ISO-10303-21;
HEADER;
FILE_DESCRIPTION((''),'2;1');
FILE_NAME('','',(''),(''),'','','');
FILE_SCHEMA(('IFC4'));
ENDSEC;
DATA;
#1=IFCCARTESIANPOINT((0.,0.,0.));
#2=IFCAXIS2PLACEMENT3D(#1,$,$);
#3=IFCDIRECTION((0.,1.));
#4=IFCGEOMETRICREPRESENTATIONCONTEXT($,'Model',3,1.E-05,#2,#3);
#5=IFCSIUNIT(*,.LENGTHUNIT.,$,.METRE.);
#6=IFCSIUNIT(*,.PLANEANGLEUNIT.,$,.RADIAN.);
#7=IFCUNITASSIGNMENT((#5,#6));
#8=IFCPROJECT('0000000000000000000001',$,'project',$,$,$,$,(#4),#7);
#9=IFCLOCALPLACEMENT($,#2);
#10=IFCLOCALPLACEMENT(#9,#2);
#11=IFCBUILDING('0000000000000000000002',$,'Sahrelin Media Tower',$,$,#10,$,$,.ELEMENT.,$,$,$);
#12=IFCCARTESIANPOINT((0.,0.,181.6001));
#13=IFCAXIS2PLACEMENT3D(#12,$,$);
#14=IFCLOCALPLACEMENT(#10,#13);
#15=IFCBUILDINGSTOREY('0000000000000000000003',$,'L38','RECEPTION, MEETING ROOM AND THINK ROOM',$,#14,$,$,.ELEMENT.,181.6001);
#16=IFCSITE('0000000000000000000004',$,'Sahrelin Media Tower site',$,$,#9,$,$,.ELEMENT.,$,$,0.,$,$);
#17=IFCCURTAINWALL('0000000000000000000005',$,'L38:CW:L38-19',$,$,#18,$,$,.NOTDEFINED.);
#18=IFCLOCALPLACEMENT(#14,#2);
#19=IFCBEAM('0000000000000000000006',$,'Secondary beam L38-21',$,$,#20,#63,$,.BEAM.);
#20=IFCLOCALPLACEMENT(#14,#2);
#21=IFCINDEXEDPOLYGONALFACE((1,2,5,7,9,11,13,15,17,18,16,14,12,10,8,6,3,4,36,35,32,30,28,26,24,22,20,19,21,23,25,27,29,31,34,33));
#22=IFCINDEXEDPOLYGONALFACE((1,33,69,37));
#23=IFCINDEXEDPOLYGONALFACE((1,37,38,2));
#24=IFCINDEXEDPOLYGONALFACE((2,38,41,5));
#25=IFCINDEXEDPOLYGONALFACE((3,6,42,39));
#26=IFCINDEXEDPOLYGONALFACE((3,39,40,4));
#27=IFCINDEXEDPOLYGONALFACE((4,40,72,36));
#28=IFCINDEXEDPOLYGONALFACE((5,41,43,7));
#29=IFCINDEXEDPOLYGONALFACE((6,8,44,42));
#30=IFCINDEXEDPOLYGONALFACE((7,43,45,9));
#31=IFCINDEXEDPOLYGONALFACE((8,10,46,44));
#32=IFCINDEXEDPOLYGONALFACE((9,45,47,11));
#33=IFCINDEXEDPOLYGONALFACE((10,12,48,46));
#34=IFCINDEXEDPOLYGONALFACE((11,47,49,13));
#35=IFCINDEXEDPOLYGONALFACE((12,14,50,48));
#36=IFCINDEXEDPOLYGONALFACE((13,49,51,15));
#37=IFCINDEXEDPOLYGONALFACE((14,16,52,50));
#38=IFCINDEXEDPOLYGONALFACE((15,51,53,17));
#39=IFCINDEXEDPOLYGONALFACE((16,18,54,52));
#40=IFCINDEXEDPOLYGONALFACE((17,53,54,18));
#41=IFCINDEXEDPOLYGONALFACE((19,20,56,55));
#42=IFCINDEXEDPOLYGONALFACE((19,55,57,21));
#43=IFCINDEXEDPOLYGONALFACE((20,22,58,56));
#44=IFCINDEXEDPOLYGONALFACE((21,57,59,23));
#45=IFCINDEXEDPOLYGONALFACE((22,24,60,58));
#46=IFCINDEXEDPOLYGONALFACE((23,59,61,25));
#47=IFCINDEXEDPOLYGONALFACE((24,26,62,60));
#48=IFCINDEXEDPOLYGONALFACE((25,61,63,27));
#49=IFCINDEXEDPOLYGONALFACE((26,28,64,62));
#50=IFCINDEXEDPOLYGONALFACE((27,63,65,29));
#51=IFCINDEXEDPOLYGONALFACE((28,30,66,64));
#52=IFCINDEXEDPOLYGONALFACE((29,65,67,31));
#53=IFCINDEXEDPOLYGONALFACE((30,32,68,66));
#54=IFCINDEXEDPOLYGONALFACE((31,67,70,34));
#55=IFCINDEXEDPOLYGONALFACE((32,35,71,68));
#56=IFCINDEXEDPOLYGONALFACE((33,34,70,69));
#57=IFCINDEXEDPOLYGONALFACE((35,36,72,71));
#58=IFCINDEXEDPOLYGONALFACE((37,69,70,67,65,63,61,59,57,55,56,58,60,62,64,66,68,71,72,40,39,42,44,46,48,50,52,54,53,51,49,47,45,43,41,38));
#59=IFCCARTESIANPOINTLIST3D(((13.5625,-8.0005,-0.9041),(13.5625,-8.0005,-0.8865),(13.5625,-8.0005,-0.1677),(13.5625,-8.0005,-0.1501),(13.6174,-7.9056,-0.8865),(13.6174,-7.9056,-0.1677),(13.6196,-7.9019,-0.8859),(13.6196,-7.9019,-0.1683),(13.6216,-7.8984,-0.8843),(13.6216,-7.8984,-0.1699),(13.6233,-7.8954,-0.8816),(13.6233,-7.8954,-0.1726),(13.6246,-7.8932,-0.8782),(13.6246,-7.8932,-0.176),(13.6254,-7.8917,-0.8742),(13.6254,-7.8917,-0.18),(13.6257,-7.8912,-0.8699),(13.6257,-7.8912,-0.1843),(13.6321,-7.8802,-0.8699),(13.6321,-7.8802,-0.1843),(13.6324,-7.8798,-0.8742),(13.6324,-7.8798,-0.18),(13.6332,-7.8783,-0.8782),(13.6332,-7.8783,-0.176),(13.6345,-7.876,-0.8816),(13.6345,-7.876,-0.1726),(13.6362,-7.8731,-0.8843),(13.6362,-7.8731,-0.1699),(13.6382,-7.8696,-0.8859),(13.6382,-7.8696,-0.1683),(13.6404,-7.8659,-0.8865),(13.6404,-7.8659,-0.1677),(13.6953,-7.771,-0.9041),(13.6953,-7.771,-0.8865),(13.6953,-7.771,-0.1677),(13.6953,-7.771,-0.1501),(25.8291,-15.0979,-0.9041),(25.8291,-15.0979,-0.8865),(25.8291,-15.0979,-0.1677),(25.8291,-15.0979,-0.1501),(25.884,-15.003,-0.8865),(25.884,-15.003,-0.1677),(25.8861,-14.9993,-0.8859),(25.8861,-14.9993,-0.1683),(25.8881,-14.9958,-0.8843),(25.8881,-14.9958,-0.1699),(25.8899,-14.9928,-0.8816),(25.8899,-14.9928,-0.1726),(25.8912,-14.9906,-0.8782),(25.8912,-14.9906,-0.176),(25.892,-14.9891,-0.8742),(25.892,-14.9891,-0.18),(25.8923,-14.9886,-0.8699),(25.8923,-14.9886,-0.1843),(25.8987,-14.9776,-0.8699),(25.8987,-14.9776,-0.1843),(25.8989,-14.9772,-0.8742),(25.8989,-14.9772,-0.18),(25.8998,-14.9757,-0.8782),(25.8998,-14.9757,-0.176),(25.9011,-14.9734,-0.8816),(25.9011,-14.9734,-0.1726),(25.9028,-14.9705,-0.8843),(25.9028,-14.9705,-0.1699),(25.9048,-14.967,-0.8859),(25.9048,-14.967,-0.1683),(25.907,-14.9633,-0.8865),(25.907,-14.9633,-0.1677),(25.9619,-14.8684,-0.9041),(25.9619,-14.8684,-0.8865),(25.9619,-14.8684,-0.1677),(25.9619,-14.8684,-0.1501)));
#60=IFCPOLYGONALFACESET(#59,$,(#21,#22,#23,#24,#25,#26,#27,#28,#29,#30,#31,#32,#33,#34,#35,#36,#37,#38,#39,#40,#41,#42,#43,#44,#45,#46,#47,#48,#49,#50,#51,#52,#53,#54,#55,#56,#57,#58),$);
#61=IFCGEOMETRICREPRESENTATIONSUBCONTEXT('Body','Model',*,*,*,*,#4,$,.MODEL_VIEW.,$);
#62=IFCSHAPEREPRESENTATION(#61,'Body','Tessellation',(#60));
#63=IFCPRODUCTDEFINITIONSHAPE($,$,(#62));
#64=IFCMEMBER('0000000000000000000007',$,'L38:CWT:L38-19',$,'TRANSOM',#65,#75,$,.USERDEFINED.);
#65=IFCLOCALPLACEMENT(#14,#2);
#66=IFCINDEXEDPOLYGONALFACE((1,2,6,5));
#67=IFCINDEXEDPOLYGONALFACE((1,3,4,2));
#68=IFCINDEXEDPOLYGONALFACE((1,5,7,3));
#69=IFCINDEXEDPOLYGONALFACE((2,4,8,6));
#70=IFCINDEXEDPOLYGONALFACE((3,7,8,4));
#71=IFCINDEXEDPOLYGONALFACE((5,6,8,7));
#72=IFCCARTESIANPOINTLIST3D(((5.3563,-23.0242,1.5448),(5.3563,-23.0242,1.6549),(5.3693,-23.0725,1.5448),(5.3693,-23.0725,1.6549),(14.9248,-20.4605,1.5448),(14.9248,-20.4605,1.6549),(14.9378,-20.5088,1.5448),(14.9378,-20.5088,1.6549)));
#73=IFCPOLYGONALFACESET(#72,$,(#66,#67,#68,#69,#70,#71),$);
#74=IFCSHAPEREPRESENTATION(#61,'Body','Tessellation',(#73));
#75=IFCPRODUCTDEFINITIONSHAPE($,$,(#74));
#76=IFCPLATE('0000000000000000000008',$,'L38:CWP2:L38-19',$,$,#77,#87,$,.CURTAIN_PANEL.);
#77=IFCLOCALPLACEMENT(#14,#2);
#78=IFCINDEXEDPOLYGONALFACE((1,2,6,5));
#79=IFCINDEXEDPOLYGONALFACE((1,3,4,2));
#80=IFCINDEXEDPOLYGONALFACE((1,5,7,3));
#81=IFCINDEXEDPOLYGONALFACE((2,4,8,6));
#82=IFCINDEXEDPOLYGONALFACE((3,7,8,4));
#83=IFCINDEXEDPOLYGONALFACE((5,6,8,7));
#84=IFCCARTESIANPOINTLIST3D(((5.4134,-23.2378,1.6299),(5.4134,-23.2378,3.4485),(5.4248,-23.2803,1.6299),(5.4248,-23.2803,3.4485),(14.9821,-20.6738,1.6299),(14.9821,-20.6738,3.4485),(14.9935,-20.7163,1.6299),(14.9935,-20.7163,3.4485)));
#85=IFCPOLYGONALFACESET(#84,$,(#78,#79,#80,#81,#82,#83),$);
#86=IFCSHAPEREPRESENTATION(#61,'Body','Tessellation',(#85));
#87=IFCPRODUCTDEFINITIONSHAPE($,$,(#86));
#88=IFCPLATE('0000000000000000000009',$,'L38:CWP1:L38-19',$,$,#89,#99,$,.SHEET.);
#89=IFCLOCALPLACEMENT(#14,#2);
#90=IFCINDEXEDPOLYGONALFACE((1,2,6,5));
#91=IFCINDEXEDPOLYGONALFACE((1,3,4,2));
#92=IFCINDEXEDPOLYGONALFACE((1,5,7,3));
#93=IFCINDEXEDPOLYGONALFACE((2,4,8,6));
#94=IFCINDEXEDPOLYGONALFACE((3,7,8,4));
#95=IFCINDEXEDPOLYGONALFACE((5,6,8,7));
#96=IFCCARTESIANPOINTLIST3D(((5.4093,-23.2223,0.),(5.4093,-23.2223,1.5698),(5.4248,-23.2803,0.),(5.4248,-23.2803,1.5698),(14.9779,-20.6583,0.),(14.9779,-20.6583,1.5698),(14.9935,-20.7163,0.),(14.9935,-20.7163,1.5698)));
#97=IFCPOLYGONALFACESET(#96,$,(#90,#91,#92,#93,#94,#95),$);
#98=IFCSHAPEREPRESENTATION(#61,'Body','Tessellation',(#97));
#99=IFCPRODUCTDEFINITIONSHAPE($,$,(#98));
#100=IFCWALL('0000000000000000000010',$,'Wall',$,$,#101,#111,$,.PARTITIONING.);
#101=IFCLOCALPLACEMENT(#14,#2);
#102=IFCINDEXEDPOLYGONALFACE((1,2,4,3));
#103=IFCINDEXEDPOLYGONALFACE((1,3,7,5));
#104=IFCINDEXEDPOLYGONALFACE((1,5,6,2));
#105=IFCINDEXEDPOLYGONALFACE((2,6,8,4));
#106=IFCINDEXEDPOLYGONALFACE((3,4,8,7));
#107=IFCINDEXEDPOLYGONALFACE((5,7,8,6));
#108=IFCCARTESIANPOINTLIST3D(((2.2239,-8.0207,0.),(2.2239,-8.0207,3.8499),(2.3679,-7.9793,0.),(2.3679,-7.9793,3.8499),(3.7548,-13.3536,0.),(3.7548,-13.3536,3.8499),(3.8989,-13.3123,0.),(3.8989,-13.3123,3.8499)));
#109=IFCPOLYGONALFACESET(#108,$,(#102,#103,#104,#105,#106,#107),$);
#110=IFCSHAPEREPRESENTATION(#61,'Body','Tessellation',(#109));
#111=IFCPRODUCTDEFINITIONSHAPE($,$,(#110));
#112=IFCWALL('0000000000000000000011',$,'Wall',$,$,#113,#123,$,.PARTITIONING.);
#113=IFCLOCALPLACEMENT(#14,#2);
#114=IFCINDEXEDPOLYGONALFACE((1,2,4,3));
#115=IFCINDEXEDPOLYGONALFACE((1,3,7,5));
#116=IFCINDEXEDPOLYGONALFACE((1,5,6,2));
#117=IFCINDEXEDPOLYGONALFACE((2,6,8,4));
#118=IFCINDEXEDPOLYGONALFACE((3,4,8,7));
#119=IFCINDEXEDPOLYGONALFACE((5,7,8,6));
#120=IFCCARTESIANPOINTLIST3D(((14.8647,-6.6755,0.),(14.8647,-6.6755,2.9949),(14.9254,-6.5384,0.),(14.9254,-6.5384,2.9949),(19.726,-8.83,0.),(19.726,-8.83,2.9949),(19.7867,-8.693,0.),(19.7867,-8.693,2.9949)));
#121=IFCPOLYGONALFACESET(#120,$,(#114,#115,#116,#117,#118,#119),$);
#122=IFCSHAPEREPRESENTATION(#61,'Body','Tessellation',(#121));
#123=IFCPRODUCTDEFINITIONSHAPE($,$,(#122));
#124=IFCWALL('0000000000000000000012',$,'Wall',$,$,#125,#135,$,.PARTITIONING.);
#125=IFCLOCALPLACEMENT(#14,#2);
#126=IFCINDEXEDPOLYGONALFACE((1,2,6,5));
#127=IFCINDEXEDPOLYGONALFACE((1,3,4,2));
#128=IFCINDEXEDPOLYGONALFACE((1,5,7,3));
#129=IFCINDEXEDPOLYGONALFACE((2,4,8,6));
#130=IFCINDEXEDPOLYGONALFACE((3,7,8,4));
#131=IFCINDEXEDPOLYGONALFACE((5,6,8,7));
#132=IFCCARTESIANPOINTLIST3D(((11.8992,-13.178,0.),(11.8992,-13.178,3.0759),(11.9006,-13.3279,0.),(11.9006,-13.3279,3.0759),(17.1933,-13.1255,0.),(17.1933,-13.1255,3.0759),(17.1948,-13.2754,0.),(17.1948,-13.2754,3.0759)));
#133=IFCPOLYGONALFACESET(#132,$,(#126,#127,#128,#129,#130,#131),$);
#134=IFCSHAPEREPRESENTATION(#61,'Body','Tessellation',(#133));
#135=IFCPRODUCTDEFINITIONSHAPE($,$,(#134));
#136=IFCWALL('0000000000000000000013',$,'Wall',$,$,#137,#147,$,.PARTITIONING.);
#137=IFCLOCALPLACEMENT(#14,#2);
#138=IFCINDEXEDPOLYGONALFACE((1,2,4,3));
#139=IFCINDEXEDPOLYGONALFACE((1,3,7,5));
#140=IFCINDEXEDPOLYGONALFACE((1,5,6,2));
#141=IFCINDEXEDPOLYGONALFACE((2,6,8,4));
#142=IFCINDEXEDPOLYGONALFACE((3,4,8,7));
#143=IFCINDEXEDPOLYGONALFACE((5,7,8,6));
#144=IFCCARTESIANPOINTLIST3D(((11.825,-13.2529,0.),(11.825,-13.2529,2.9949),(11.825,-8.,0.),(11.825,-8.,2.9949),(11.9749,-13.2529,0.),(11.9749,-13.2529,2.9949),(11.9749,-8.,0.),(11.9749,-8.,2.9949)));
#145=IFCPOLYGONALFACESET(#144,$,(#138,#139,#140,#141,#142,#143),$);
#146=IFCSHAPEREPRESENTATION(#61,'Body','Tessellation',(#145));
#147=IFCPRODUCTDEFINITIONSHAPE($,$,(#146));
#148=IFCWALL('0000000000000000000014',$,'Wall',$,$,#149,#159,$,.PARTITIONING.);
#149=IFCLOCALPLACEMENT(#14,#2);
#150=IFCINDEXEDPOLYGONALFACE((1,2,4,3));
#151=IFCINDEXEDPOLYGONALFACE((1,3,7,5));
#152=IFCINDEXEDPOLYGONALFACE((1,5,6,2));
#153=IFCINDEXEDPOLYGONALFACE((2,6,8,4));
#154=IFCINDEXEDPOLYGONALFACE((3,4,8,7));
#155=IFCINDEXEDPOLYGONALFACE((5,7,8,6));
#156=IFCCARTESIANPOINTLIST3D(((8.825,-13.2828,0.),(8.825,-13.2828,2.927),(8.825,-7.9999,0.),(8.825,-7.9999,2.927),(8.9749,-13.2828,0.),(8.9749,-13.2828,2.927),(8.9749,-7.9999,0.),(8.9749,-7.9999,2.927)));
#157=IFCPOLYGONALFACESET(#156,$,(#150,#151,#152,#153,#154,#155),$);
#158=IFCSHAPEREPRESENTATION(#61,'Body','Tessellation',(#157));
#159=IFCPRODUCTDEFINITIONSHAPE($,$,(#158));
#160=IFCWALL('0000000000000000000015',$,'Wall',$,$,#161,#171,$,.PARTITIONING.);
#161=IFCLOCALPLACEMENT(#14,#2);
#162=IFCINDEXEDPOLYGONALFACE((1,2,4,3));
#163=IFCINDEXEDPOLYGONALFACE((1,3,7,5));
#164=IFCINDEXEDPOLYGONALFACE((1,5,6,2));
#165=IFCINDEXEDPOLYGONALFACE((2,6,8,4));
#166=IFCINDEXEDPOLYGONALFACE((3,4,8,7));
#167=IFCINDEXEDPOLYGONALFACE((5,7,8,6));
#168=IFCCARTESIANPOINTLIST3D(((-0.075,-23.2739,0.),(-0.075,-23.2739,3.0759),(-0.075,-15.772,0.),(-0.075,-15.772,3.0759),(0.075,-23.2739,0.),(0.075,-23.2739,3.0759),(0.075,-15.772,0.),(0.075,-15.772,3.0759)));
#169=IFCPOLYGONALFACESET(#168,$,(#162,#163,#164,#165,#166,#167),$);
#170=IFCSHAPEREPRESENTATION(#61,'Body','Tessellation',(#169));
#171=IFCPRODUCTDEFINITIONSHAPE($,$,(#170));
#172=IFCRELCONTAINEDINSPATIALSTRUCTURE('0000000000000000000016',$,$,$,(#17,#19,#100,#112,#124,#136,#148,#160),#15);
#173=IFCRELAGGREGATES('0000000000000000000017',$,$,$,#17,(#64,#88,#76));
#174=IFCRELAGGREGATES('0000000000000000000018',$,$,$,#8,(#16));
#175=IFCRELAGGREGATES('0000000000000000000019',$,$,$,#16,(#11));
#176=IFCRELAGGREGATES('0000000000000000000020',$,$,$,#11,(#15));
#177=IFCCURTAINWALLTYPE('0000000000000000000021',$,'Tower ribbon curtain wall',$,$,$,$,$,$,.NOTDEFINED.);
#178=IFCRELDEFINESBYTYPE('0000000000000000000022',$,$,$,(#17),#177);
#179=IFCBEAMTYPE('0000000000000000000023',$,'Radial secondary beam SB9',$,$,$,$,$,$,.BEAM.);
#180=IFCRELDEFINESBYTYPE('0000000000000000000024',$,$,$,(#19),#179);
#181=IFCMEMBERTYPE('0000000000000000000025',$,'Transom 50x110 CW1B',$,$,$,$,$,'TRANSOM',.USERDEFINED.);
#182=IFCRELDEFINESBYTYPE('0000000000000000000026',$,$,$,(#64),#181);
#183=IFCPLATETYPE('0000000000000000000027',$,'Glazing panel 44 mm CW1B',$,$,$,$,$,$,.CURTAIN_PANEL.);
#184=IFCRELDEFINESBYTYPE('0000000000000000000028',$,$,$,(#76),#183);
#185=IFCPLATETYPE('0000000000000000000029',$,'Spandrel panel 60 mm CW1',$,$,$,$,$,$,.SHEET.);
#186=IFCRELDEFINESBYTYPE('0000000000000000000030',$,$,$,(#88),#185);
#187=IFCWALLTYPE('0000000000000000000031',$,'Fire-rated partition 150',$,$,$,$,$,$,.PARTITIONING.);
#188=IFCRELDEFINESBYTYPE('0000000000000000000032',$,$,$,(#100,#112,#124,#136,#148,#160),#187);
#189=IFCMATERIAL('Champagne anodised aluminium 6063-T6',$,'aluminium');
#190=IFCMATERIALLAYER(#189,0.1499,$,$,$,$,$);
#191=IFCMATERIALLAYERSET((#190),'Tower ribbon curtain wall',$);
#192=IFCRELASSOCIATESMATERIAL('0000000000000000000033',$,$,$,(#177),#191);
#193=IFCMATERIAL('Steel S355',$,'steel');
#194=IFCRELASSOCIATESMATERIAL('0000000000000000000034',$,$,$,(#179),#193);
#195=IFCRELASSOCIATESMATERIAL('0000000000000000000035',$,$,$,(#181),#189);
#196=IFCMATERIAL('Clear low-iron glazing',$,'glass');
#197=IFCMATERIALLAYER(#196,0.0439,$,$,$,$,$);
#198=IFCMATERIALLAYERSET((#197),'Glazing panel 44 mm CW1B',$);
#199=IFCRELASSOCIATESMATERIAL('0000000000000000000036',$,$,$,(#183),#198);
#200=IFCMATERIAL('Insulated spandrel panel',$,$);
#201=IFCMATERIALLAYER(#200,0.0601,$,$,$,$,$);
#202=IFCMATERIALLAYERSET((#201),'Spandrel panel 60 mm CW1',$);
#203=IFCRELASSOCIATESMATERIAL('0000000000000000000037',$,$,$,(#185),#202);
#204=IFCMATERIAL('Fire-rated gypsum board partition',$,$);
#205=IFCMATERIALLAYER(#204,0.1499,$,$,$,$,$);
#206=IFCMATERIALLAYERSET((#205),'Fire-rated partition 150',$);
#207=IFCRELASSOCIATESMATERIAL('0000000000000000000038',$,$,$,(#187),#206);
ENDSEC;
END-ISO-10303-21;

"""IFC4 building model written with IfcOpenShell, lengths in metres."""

from ifc_helpers import new_model, si_unit, direction, frame, frame_2d, origin, origin_2d, place, context, subcontext, project, spatial, polyline, rectangle, i_section, outline, extrude, material, layer, layer_set, material_profile, profile_set, type_object, element, aggregate, save


model = new_model("IFC4")

# Units and contexts
model_context = context("Model", 3, precision=1e-05, world=origin(), true_north=direction((0.0, 1.0)))
body_context = subcontext(model_context, "Body", "Model", "MODEL_VIEW")
ifc_project = project(units=[si_unit("LENGTHUNIT", "METRE"), si_unit("PLANEANGLEUNIT", "RADIAN")], contexts=[model_context])

# Site, building, storey
site_placement = place(None, origin())
site = spatial("IfcSite", under=ifc_project, at=site_placement, Name="Sahrelin Media Tower site", CompositionType="ELEMENT", RefElevation=0.0)
building_placement = place(site_placement, origin())
building = spatial("IfcBuilding", under=site, at=building_placement, Name="Sahrelin Media Tower", CompositionType="ELEMENT")
storey_placement = place(building_placement, frame((0.0, 0.0, 181.6001)))
storey = spatial("IfcBuildingStorey", under=building, at=storey_placement, Name="L38", Description="RECEPTION, MEETING ROOM AND THINK ROOM", CompositionType="ELEMENT", Elevation=181.6001)

# Shared definitions
ifc_material_1 = material(Name="Steel S355", Category="steel")

# Curtain wall
ifc_material_2 = material(Name="Champagne anodised aluminium 6063-T6", Category="aluminium")
ifc_layer_1 = layer(ifc_material_2, 0.1499)
ifc_layer_set_1 = layer_set([ifc_layer_1], Name="Tower ribbon curtain wall")
curtain_wall_type = type_object("IfcCurtainWallType", Name="Tower ribbon curtain wall", PredefinedType="NOTDEFINED", material=ifc_layer_set_1)
curtain_wall_1_placement = place(storey_placement, frame((10.2041, -21.979, 0.0), z_axis=(0.0, 0.0, 1.0), x_axis=(1.0, 0.0, 0.0)))
curtain_wall_1 = element("IfcCurtainWall", 1, at=curtain_wall_1_placement, inside=storey, type_object=curtain_wall_type, Name="L38:CW:L38-19", PredefinedType="NOTDEFINED")

# Beam
ifc_material_profile_1 = material_profile(ifc_material_1, i_section(OverallWidth=0.2651, OverallDepth=0.7539, WebThickness=0.0127, FlangeThickness=0.0176, FilletRadius=0.0166, at=origin_2d()), Name="UB 762x267x147")
ifc_profile_set_1 = profile_set([ifc_material_profile_1], Name="Steel S355")
beam_type_1 = type_object("IfcBeamType", Name="Radial secondary beam SB9", PredefinedType="BEAM", material=ifc_profile_set_1)
beam_1_placement = place(storey_placement, frame((13.6289, -7.8857, -0.5271), z_axis=(0.865558, -0.500809, 0.0), x_axis=(0.500809, 0.865558, 0.0)))
element("IfcBeam", 2, at=beam_1_placement, inside=storey, type_object=beam_type_1, Name="Secondary beam L38-21", PredefinedType="BEAM", context=body_context, shape_type="SweptSolid", body=[
    extrude(i_section(OverallWidth=0.2651, OverallDepth=0.7539, WebThickness=0.0127, FlangeThickness=0.0176, FilletRadius=0.0166, at=origin_2d()), origin(), (0.0, 0.0, 1.0), 14.1719),
])

# Member
ifc_material_profile_2 = material_profile(ifc_material_2, rectangle(XDim=0.05, YDim=0.1101, at=origin_2d()), Name="Transom 50x110")
ifc_profile_set_2 = profile_set([ifc_material_profile_2], Name="Champagne anodised aluminium 6063-T6")
member_type_1 = type_object("IfcMemberType", Name="Transom 50x110 CW1B", ElementType="TRANSOM", PredefinedType="USERDEFINED", material=ifc_profile_set_2)
member_1_placement = place(storey_placement, frame((5.3628, -23.0483, 1.5999), z_axis=(0.96593, 0.258802, 0.0), x_axis=(-0.258802, 0.96593, 0.0)))
member_1 = element("IfcMember", 3, at=member_1_placement, type_object=member_type_1, Name="L38:CWT:L38-19", ObjectType="TRANSOM", PredefinedType="USERDEFINED", context=body_context, shape_type="SweptSolid", body=[
    extrude(rectangle(XDim=0.05, YDim=0.1101, at=origin_2d()), origin(), (0.0, 0.0, 1.0), 9.906),
])

# Plates
ifc_material_3 = material(Name="Clear low-iron glazing", Category="glass")
ifc_layer_2 = layer(ifc_material_3, 0.0439)
ifc_layer_set_2 = layer_set([ifc_layer_2], Name="Glazing panel 44 mm CW1B")
plate_type_1 = type_object("IfcPlateType", Name="Glazing panel 44 mm CW1B", PredefinedType="CURTAIN_PANEL", material=ifc_layer_set_2)
plate_1_placement = place(storey_placement, frame((5.4248, -23.2803, 1.6299), z_axis=(0.258825, -0.965924, 0.0), x_axis=(0.965924, 0.258825, 0.0)))
plate_1 = element("IfcPlate", 4, at=plate_1_placement, type_object=plate_type_1, Name="L38:CWP2:L38-19", PredefinedType="CURTAIN_PANEL", context=body_context, shape_type="SweptSolid", body=[
    extrude(outline(polyline([(0.0, 0.0), (9.9062, 0.0), (9.9062, 1.8186), (0.0, 1.8186), (0.0, 0.0)])), origin(), (0.0, 0.0, -1.0), 0.0439),
])
ifc_material_4 = material(Name="Insulated spandrel panel")
ifc_layer_3 = layer(ifc_material_4, 0.0601)
ifc_layer_set_3 = layer_set([ifc_layer_3], Name="Spandrel panel 60 mm CW1")
plate_type_2 = type_object("IfcPlateType", Name="Spandrel panel 60 mm CW1", PredefinedType="SHEET", material=ifc_layer_set_3)
plate_2_placement = place(storey_placement, frame((5.4248, -23.2803, 0.0), z_axis=(0.258825, -0.965924, 0.0), x_axis=(0.965924, 0.258825, 0.0)))
plate_2 = element("IfcPlate", 5, at=plate_2_placement, type_object=plate_type_2, Name="L38:CWP1:L38-19", PredefinedType="SHEET", context=body_context, shape_type="SweptSolid", body=[
    extrude(outline(polyline([(0.0, 0.0), (9.9062, 0.0), (9.9062, 1.5698), (0.0, 1.5698), (0.0, 0.0)])), origin(), (0.0, 0.0, -1.0), 0.0601),
])
aggregate(curtain_wall_1, [member_1, plate_2, plate_1])

# Walls
ifc_material_5 = material(Name="Fire-rated gypsum board partition")
ifc_layer_4 = layer(ifc_material_5, 0.1499)
ifc_layer_set_4 = layer_set([ifc_layer_4], Name="Fire-rated partition 150")
wall_type_1 = type_object("IfcWallType", Name="Fire-rated partition 150", PredefinedType="PARTITIONING", material=ifc_layer_set_4)
wall_1_placement = place(storey_placement, frame((2.2959, -8.0, 0.0), z_axis=(0.0, 0.0, 1.0), x_axis=(0.275936, -0.961176, 0.0)))
element("IfcWall", 6, at=wall_1_placement, inside=storey, type_object=wall_type_1, Name="Wall", PredefinedType="PARTITIONING", context=body_context, shape_type="SweptSolid", body=[
    extrude(rectangle(XDim=5.5483, YDim=0.1499, at=frame_2d((2.7742, 0.0))), origin(), (0.0, 0.0, 1.0), 3.8499),
])
wall_2_placement = place(storey_placement, frame((14.895, -6.6069, 0.0), z_axis=(0.0, 0.0, 1.0), x_axis=(0.914233, -0.405188, 0.0)))
element("IfcWall", 7, at=wall_2_placement, inside=storey, type_object=wall_type_1, Name="Wall", PredefinedType="PARTITIONING", context=body_context, shape_type="SweptSolid", body=[
    extrude(rectangle(XDim=5.3174, YDim=0.1499, at=frame_2d((2.6587, 0.0))), origin(), (0.0, 0.0, 1.0), 2.9949),
])
wall_3_placement = place(storey_placement, frame((11.8999, -13.2529, 0.0), z_axis=(0.0, 0.0, 1.0), x_axis=(0.999951, 0.009914, 0.0)))
element("IfcWall", 8, at=wall_3_placement, inside=storey, type_object=wall_type_1, Name="Wall", PredefinedType="PARTITIONING", context=body_context, shape_type="SweptSolid", body=[
    extrude(rectangle(XDim=5.2944, YDim=0.1499, at=frame_2d((2.6472, 0.0))), origin(), (0.0, 0.0, 1.0), 3.0759),
])
wall_4_placement = place(storey_placement, frame((11.8999, -13.2529, 0.0), z_axis=(0.0, 0.0, 1.0), x_axis=(0.0, 1.0, 0.0)))
element("IfcWall", 9, at=wall_4_placement, inside=storey, type_object=wall_type_1, Name="Wall", PredefinedType="PARTITIONING", context=body_context, shape_type="SweptSolid", body=[
    extrude(rectangle(XDim=5.2529, YDim=0.1499, at=frame_2d((2.6265, 0.0))), origin(), (0.0, 0.0, 1.0), 2.9949),
])
wall_5_placement = place(storey_placement, frame((8.8999, -13.283, 0.0), z_axis=(0.0, 0.0, 1.0), x_axis=(0.0, 1.0, 0.0)))
element("IfcWall", 10, at=wall_5_placement, inside=storey, type_object=wall_type_1, Name="Wall", PredefinedType="PARTITIONING", context=body_context, shape_type="SweptSolid", body=[
    extrude(rectangle(XDim=5.283, YDim=0.1499, at=frame_2d((2.6416, 0.0))), origin(), (0.0, 0.0, 1.0), 2.927),
])
wall_6_placement = place(storey_placement, frame((0.0, -23.2739, 0.0), z_axis=(0.0, 0.0, 1.0), x_axis=(0.0, 1.0, 0.0)))
element("IfcWall", 11, at=wall_6_placement, inside=storey, type_object=wall_type_1, Name="Wall", PredefinedType="PARTITIONING", context=body_context, shape_type="SweptSolid", body=[
    extrude(rectangle(XDim=7.502, YDim=0.1499, at=frame_2d((3.751, 0.0))), origin(), (0.0, 0.0, 1.0), 3.0759),
])

save(model, "model.ifc")
